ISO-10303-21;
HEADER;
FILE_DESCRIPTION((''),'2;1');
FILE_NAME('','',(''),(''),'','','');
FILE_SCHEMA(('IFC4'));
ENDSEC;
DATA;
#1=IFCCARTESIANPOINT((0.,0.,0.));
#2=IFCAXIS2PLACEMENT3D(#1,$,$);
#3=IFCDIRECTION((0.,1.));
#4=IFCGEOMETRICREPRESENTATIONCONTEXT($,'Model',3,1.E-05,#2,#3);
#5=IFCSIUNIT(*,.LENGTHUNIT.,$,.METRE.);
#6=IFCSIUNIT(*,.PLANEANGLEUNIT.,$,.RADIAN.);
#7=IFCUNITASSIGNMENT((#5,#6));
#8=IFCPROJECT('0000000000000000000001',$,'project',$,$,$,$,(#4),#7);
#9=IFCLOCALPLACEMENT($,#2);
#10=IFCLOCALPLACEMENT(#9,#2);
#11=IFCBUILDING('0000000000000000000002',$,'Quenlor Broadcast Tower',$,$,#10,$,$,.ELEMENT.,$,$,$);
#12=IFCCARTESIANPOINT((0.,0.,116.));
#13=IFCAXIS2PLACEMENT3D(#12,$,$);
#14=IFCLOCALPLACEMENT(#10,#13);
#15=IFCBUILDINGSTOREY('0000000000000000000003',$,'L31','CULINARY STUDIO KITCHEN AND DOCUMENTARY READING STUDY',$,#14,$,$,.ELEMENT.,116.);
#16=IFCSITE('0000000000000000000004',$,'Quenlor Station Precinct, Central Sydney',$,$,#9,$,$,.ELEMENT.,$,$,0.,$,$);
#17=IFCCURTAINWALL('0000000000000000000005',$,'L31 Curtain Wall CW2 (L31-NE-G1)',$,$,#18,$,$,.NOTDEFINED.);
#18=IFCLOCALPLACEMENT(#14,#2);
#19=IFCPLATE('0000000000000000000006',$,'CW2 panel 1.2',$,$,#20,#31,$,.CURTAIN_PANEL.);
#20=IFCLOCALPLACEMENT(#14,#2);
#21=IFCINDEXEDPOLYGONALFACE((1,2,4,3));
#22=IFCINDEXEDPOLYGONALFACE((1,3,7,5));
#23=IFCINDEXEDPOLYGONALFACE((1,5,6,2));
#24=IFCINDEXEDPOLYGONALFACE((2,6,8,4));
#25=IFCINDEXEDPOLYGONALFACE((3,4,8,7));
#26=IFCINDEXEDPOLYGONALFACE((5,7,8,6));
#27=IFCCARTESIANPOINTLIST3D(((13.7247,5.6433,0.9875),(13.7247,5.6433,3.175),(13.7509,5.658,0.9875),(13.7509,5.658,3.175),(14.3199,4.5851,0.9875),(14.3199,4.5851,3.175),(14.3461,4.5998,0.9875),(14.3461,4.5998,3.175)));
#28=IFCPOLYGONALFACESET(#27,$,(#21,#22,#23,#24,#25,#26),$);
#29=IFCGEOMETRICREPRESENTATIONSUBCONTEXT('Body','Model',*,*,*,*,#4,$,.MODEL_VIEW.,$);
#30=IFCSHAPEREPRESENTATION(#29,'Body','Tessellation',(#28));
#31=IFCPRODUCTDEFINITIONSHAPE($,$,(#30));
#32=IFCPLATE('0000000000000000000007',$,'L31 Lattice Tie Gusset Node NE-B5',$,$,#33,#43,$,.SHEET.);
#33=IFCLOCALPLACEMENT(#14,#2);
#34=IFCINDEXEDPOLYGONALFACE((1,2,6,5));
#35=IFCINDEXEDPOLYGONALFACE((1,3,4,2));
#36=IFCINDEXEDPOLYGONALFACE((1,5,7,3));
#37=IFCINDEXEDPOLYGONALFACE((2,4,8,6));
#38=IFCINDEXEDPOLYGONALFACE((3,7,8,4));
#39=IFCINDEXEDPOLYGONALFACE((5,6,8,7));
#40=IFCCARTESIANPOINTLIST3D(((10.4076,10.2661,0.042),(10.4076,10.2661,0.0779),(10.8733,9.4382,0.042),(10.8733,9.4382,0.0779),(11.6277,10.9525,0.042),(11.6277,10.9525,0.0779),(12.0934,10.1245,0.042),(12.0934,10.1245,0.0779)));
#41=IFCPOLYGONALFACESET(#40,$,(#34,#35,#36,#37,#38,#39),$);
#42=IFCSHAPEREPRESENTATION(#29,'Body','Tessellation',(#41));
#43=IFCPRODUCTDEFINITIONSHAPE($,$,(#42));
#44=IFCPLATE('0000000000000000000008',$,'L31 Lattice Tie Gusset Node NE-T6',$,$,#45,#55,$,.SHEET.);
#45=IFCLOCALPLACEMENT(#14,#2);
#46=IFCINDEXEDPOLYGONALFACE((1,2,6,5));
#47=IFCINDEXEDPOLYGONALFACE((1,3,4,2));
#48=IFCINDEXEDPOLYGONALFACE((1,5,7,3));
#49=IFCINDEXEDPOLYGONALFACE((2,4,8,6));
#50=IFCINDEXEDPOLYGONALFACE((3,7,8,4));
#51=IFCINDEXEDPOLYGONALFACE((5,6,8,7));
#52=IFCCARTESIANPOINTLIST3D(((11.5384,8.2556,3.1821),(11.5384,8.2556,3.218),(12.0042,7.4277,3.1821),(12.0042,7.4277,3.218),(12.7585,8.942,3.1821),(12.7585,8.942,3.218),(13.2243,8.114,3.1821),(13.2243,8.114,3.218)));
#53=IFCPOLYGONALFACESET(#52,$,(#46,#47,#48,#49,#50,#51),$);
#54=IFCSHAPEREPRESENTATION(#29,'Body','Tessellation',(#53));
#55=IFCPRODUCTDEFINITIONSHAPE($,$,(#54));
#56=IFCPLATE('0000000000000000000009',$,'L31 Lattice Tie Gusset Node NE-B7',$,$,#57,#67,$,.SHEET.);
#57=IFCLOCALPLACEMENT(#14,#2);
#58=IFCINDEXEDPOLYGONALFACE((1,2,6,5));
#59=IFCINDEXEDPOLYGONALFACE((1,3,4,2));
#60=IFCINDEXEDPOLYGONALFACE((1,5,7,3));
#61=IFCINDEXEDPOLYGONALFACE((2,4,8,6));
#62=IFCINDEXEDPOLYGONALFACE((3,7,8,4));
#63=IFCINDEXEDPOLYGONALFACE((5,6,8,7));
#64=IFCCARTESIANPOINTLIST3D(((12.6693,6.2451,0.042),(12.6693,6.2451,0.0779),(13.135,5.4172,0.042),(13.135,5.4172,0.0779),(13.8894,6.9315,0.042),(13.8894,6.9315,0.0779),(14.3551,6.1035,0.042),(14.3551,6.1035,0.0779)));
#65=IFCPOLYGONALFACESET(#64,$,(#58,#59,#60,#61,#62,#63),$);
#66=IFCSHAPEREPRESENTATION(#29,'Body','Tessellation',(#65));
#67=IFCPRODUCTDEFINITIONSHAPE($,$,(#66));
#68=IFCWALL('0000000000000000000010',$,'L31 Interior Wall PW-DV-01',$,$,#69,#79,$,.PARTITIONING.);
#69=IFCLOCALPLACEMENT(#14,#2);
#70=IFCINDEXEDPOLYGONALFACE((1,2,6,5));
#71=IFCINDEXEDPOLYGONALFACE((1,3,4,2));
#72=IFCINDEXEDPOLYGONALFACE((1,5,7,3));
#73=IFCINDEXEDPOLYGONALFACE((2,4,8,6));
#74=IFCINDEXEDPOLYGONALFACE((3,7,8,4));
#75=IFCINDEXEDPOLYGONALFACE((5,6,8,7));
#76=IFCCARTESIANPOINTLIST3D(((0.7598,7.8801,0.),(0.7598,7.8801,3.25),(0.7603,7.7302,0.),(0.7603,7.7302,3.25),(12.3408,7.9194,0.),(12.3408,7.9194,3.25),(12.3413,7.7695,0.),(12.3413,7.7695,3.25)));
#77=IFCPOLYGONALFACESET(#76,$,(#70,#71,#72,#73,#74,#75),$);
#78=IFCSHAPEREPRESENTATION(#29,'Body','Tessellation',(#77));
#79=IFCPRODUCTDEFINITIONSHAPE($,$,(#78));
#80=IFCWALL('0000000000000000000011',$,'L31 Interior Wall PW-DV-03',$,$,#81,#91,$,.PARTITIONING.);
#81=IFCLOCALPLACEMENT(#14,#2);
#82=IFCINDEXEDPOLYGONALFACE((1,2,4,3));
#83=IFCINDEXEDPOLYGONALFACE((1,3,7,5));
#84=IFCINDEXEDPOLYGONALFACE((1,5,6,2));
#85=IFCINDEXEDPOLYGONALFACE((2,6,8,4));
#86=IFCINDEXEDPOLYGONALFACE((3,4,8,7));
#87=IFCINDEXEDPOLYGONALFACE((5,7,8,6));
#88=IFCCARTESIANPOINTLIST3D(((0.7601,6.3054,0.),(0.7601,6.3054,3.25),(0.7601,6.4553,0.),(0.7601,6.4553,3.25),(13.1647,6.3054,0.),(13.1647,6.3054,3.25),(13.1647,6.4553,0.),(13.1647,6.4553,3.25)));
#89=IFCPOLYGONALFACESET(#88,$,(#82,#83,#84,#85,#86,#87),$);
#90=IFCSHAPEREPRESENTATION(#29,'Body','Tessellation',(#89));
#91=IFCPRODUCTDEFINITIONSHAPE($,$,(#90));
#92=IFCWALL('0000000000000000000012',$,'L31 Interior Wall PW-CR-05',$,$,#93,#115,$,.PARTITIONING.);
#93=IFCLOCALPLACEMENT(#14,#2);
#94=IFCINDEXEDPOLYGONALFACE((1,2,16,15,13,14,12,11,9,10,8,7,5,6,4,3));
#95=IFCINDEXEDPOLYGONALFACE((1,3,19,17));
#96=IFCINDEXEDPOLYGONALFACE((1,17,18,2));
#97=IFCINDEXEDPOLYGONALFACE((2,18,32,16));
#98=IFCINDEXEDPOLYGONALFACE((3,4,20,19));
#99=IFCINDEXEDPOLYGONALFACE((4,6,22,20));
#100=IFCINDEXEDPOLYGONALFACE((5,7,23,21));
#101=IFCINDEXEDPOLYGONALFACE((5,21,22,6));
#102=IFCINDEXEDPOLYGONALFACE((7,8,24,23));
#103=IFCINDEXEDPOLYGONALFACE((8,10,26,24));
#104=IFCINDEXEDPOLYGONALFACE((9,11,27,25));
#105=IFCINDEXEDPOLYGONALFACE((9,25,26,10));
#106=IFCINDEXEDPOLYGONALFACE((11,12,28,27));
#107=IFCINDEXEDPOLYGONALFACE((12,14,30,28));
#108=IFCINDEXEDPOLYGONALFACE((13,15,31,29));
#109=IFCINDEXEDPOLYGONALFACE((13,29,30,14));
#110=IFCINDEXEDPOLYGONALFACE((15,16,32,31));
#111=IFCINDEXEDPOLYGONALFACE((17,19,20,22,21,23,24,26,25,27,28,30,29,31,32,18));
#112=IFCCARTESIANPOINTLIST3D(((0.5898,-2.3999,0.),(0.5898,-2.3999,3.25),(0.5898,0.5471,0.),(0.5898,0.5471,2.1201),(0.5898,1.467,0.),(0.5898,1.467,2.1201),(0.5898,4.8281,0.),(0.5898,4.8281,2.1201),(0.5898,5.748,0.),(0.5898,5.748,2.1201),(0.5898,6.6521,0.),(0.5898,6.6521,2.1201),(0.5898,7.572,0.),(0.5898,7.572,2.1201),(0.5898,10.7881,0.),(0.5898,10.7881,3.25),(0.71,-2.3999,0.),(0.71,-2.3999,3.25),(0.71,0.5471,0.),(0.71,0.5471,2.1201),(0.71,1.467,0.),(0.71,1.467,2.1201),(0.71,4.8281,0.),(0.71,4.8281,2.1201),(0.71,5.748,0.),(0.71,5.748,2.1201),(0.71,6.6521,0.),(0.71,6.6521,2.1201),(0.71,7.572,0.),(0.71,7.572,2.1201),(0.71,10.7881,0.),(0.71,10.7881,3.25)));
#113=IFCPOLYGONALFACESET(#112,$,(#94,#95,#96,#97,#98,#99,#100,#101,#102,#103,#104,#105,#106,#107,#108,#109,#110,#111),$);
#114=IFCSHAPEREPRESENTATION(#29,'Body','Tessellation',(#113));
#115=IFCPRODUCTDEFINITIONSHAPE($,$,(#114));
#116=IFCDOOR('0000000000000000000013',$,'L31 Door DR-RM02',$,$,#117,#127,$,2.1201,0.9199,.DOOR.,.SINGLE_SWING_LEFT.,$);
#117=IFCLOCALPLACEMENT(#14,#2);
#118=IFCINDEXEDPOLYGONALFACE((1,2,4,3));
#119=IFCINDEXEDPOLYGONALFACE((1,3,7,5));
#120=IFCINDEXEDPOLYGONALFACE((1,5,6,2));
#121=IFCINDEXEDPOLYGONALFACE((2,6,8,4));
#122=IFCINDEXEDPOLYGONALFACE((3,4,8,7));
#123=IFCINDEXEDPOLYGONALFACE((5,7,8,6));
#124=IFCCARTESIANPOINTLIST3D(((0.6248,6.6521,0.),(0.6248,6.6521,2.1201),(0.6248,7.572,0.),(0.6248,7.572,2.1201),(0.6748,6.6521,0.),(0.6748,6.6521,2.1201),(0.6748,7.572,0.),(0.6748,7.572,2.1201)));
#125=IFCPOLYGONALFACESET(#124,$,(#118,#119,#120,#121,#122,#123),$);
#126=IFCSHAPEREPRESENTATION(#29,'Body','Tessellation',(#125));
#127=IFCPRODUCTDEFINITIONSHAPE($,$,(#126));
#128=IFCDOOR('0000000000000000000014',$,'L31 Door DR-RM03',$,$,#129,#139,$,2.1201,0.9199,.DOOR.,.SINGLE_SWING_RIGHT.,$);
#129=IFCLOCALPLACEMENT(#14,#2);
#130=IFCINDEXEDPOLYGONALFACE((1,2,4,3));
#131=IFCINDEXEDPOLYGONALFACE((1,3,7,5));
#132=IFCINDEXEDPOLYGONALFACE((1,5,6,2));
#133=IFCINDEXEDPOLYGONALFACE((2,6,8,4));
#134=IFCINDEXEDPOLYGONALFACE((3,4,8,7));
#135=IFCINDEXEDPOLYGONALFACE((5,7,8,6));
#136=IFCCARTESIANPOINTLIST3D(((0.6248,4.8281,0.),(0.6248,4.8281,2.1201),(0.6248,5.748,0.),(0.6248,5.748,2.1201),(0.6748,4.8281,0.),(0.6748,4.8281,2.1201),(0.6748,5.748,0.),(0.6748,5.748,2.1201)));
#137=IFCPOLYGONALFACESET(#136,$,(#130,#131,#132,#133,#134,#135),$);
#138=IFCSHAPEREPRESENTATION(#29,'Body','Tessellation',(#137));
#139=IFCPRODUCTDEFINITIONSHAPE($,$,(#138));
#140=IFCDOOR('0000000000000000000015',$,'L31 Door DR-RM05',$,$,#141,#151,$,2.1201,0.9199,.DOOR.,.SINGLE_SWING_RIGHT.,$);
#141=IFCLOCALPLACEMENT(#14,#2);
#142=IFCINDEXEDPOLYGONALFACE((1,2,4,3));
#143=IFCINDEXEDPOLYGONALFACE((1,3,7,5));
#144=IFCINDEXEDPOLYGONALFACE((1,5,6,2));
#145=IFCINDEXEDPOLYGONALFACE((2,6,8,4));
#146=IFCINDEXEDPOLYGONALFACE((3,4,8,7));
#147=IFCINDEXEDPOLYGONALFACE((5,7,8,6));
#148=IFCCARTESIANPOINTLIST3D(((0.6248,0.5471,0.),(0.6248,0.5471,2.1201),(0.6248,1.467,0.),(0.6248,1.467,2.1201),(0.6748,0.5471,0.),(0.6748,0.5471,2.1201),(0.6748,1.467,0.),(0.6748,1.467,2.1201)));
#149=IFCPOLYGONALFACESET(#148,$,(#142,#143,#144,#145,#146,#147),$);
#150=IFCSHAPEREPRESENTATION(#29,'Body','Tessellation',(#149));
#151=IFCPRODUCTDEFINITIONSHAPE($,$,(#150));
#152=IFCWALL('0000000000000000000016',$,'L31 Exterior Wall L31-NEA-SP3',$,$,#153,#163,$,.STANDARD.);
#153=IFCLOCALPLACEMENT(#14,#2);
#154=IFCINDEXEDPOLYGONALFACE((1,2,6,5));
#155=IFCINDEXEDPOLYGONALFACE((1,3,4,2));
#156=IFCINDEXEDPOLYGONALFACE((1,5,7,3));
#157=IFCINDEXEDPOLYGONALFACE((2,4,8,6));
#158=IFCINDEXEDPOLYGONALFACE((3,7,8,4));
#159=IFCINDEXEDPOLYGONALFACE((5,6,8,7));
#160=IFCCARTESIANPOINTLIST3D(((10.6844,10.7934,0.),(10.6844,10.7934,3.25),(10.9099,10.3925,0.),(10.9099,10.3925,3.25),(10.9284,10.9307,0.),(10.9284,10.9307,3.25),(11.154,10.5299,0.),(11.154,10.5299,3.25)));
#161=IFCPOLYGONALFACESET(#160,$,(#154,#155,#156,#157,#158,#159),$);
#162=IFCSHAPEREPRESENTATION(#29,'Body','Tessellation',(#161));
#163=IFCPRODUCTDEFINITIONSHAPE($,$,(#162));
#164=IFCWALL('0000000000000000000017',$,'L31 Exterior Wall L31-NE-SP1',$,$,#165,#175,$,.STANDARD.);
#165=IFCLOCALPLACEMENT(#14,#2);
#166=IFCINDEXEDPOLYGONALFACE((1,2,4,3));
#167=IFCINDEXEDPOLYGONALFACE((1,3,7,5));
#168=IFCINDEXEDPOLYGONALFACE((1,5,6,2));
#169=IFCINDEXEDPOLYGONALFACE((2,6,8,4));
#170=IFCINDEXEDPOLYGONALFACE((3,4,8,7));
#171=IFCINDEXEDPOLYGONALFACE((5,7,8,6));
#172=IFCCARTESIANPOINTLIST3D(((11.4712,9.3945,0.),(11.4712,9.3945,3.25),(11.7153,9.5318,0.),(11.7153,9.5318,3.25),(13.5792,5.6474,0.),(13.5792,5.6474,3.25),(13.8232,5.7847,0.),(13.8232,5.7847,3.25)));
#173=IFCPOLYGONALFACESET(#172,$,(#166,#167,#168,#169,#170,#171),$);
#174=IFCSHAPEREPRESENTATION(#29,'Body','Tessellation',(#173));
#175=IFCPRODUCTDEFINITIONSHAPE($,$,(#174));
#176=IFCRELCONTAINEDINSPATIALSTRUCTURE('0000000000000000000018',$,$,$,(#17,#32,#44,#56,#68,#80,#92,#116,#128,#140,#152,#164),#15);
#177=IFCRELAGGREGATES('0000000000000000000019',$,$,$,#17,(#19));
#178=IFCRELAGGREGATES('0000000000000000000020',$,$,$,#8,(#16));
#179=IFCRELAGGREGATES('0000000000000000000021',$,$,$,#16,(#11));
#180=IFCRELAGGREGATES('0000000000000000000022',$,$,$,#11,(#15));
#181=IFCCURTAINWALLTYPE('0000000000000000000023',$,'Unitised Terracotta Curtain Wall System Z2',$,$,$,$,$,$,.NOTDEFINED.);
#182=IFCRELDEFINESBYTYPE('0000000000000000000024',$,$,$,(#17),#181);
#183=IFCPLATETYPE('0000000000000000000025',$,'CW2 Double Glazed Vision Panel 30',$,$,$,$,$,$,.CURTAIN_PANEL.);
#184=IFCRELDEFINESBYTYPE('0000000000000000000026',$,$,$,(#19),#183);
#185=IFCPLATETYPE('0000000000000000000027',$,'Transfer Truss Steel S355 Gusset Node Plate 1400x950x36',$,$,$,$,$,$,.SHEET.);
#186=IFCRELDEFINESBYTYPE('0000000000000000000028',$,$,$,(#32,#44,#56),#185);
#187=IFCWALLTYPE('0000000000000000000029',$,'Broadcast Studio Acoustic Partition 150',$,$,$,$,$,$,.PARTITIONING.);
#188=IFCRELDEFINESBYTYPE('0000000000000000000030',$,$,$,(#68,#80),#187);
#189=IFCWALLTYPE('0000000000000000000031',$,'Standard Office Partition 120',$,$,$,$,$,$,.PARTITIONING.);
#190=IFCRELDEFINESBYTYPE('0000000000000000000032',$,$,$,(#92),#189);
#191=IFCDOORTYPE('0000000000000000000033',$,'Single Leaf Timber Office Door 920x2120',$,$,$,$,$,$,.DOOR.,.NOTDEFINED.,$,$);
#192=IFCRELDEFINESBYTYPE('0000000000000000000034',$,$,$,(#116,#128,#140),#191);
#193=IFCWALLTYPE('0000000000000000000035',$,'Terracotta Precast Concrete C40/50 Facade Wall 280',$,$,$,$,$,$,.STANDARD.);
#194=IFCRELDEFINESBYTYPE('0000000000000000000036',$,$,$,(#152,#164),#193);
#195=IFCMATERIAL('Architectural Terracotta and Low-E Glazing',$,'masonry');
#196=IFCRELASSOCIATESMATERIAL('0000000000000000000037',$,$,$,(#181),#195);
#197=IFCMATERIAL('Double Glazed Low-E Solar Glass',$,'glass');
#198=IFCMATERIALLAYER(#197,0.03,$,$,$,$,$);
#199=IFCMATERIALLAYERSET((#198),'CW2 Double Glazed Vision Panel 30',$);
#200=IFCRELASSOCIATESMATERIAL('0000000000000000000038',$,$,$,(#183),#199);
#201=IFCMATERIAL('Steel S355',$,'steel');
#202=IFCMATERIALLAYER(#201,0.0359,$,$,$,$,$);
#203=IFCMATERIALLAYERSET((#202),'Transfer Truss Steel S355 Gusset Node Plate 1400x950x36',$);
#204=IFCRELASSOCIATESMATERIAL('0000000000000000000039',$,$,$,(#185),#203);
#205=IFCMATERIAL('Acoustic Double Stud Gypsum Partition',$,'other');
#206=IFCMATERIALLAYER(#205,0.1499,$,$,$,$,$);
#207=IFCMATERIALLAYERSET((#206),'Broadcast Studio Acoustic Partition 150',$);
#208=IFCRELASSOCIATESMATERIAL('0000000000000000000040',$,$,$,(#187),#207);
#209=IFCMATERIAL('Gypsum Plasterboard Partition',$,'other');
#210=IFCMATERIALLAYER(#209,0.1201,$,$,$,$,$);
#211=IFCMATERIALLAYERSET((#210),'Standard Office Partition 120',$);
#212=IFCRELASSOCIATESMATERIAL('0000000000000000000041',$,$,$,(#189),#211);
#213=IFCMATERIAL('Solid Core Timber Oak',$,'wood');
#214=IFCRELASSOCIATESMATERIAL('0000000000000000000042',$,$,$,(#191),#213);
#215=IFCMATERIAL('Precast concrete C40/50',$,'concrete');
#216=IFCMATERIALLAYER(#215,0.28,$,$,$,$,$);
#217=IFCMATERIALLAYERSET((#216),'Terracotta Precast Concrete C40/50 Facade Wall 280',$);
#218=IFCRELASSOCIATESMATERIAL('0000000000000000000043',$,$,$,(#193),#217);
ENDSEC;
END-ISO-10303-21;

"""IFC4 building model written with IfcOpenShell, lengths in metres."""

from ifc_helpers import new_model, si_unit, direction, frame, frame_2d, origin, origin_2d, place, context, subcontext, project, spatial, rectangle, extrude, material, layer, layer_set, type_object, element, fill, aggregate, save


model = new_model("IFC4")

# Units and contexts
model_context = context("Model", 3, precision=1e-05, world=origin(), true_north=direction((0.0, 1.0)))
body_context = subcontext(model_context, "Body", "Model", "MODEL_VIEW")
ifc_project = project(units=[si_unit("LENGTHUNIT", "METRE"), si_unit("PLANEANGLEUNIT", "RADIAN")], contexts=[model_context])

# Site, building, storey
site_placement = place(None, origin())
site = spatial("IfcSite", under=ifc_project, at=site_placement, Name="Quenlor Station Precinct, Central Sydney", CompositionType="ELEMENT", RefElevation=0.0)
building_placement = place(site_placement, origin())
building = spatial("IfcBuilding", under=site, at=building_placement, Name="Quenlor Broadcast Tower", CompositionType="ELEMENT")
storey_placement = place(building_placement, frame((0.0, 0.0, 116.0)))
storey = spatial("IfcBuildingStorey", under=building, at=storey_placement, Name="L31", Description="CULINARY STUDIO KITCHEN AND DOCUMENTARY READING STUDY", CompositionType="ELEMENT", Elevation=116.0)

# Shared definitions
ifc_material_1 = material(Name="Architectural Terracotta and Low-E Glazing", Category="masonry")
curtain_wall_type = type_object("IfcCurtainWallType", Name="Unitised Terracotta Curtain Wall System Z2", PredefinedType="NOTDEFINED", material=ifc_material_1)

# Curtain wall
curtain_wall_1_placement = place(storey_placement, origin())
curtain_wall_1 = element("IfcCurtainWall", 1, at=curtain_wall_1_placement, inside=storey, type_object=curtain_wall_type, Name="L31 Curtain Wall CW2 (L31-NE-G1)", PredefinedType="NOTDEFINED")

# Plate
ifc_material_2 = material(Name="Double Glazed Low-E Solar Glass", Category="glass")
ifc_layer_1 = layer(ifc_material_2, 0.03)
ifc_layer_set_1 = layer_set([ifc_layer_1], Name="CW2 Double Glazed Vision Panel 30")
plate_type_1 = type_object("IfcPlateType", Name="CW2 Double Glazed Vision Panel 30", PredefinedType="CURTAIN_PANEL", material=ifc_layer_set_1)
plate_1_placement = place(storey_placement, frame((14.0354, 5.1216, 0.9875), z_axis=(0.0, 0.0, 1.0), x_axis=(0.490254, -0.871579, 0.0)))
plate_1 = element("IfcPlate", 2, at=plate_1_placement, type_object=plate_type_1, Name="CW2 panel 1.2", PredefinedType="CURTAIN_PANEL", context=body_context, shape_type="SweptSolid", body=[
    extrude(rectangle(XDim=1.2141, YDim=0.03, at=origin_2d()), origin(), (0.0, 0.0, 1.0), 2.1875),
])
aggregate(curtain_wall_1, [plate_1])

# Plates
ifc_material_3 = material(Name="Steel S355", Category="steel")
ifc_layer_2 = layer(ifc_material_3, 0.0359)
ifc_layer_set_2 = layer_set([ifc_layer_2], Name="Transfer Truss Steel S355 Gusset Node Plate 1400x950x36")
plate_type_2 = type_object("IfcPlateType", Name="Transfer Truss Steel S355 Gusset Node Plate 1400x950x36", PredefinedType="SHEET", material=ifc_layer_set_2)
for number, where, z_axis, x_axis, name in (
    (3, (11.2505, 10.1953, 0.042), (0.0, 0.0, 1.0), (0.871556, 0.490295, 0.0), "L31 Lattice Tie Gusset Node NE-B5"),
    (4, (12.3813, 8.1848, 3.1821), (0.0, 0.0, 1.0), (0.871556, 0.490295, 0.0), "L31 Lattice Tie Gusset Node NE-T6"),
    (5, (13.5122, 6.1743, 0.042), (0.0, 0.0, 1.0), (0.871556, 0.490295, 0.0), "L31 Lattice Tie Gusset Node NE-B7"),
):
    element("IfcPlate", number, at=place(storey_placement, frame(where, z_axis=z_axis, x_axis=x_axis)), inside=storey, type_object=plate_type_2, Name=name, PredefinedType="SHEET", context=body_context, shape_type="SweptSolid", body=[
        extrude(rectangle(XDim=1.3999, YDim=0.95, at=origin_2d()), origin(), (0.0, 0.0, 1.0), 0.0359),
    ])

# Walls
ifc_material_4 = material(Name="Acoustic Double Stud Gypsum Partition", Category="other")
ifc_layer_3 = layer(ifc_material_4, 0.1499)
ifc_layer_set_3 = layer_set([ifc_layer_3], Name="Broadcast Studio Acoustic Partition 150")
wall_type_1 = type_object("IfcWallType", Name="Broadcast Studio Acoustic Partition 150", PredefinedType="PARTITIONING", material=ifc_layer_set_3)
wall_1_placement = place(storey_placement, frame((12.3411, 7.8445, 0.0), z_axis=(0.0, 0.0, 1.0), x_axis=(-0.999994, -0.003394, 0.0)))
element("IfcWall", 6, at=wall_1_placement, inside=storey, type_object=wall_type_1, Name="L31 Interior Wall PW-DV-01", PredefinedType="PARTITIONING", context=body_context, shape_type="SweptSolid", body=[
    extrude(rectangle(XDim=11.5811, YDim=0.1499, at=frame_2d((5.7905, 0.0))), origin(), (0.0, 0.0, 1.0), 3.25),
])
wall_2_placement = place(storey_placement, frame((13.1646, 6.3804, 0.0), z_axis=(0.0, 0.0, 1.0), x_axis=(-1.0, 0.0, 0.0)))
element("IfcWall", 7, at=wall_2_placement, inside=storey, type_object=wall_type_1, Name="L31 Interior Wall PW-DV-03", PredefinedType="PARTITIONING", context=body_context, shape_type="SweptSolid", body=[
    extrude(rectangle(XDim=12.4045, YDim=0.1499, at=frame_2d((6.2021, 0.0))), origin(), (0.0, 0.0, 1.0), 3.25),
])

# Wall, openings, doors
ifc_material_5 = material(Name="Gypsum Plasterboard Partition", Category="other")
ifc_layer_4 = layer(ifc_material_5, 0.1201)
ifc_layer_set_4 = layer_set([ifc_layer_4], Name="Standard Office Partition 120")
wall_type_2 = type_object("IfcWallType", Name="Standard Office Partition 120", PredefinedType="PARTITIONING", material=ifc_layer_set_4)
wall_3_placement = place(storey_placement, frame((0.6499, 10.7881, 0.0), z_axis=(0.0, 0.0, 1.0), x_axis=(0.0, -1.0, 0.0)))
wall_3 = element("IfcWall", 8, at=wall_3_placement, inside=storey, type_object=wall_type_2, Name="L31 Interior Wall PW-CR-05", PredefinedType="PARTITIONING", context=body_context, shape_type="SweptSolid", body=[
    extrude(rectangle(XDim=13.188, YDim=0.1201, at=frame_2d((6.594, 0.0))), origin(), (0.0, 0.0, 1.0), 3.25),
])
opening_1_placement = place(wall_3_placement, frame((3.2161, 0.0, 0.0)))
opening_1 = element("IfcOpeningElement", 9, at=opening_1_placement, cuts=wall_3, PredefinedType="OPENING", context=body_context, shape_type="SweptSolid", body=[
    extrude(rectangle(XDim=0.9199, YDim=2.1201, at=frame_2d((0.46, 1.0601))), frame((0.0, 0.0701, 0.0), z_axis=(0.0, -1.0, 0.0), x_axis=(1.0, 0.0, 0.0)), (0.0, 0.0, 1.0), 0.1401),
])
opening_2_placement = place(wall_3_placement, frame((5.04, 0.0, 0.0)))
opening_2 = element("IfcOpeningElement", 10, at=opening_2_placement, cuts=wall_3, PredefinedType="OPENING", context=body_context, shape_type="SweptSolid", body=[
    extrude(rectangle(XDim=0.9199, YDim=2.1201, at=frame_2d((0.46, 1.0601))), frame((0.0, 0.0701, 0.0), z_axis=(0.0, -1.0, 0.0), x_axis=(1.0, 0.0, 0.0)), (0.0, 0.0, 1.0), 0.1401),
])
opening_3_placement = place(wall_3_placement, frame((9.321, 0.0, 0.0)))
opening_3 = element("IfcOpeningElement", 11, at=opening_3_placement, cuts=wall_3, PredefinedType="OPENING", context=body_context, shape_type="SweptSolid", body=[
    extrude(rectangle(XDim=0.9199, YDim=2.1201, at=frame_2d((0.46, 1.0601))), frame((0.0, 0.0701, 0.0), z_axis=(0.0, -1.0, 0.0), x_axis=(1.0, 0.0, 0.0)), (0.0, 0.0, 1.0), 0.1401),
])
ifc_material_6 = material(Name="Solid Core Timber Oak", Category="wood")
door_type = type_object("IfcDoorType", Name="Single Leaf Timber Office Door 920x2120", OperationType="NOTDEFINED", PredefinedType="DOOR", material=ifc_material_6)
door_1_placement = place(opening_1_placement, origin())
door_1 = element("IfcDoor", 12, at=door_1_placement, inside=storey, type_object=door_type, Name="L31 Door DR-RM02", OperationType="SINGLE_SWING_LEFT", OverallHeight=2.1201, OverallWidth=0.9199, PredefinedType="DOOR", context=body_context, shape_type="SweptSolid", body=[
    extrude(rectangle(XDim=0.9199, YDim=2.1201, at=frame_2d((0.46, 1.0601))), frame((0.0, 0.0249, 0.0), z_axis=(0.0, -1.0, 0.0), x_axis=(1.0, 0.0, 0.0)), (0.0, 0.0, 1.0), 0.05),
])
fill(opening_1, door_1)
door_2_placement = place(opening_2_placement, origin())
door_2 = element("IfcDoor", 13, at=door_2_placement, inside=storey, type_object=door_type, Name="L31 Door DR-RM03", OperationType="SINGLE_SWING_RIGHT", OverallHeight=2.1201, OverallWidth=0.9199, PredefinedType="DOOR", context=body_context, shape_type="SweptSolid", body=[
    extrude(rectangle(XDim=0.9199, YDim=2.1201, at=frame_2d((0.46, 1.0601))), frame((0.0, 0.0249, 0.0), z_axis=(0.0, -1.0, 0.0), x_axis=(1.0, 0.0, 0.0)), (0.0, 0.0, 1.0), 0.05),
])
fill(opening_2, door_2)
door_3_placement = place(opening_3_placement, origin())
door_3 = element("IfcDoor", 14, at=door_3_placement, inside=storey, type_object=door_type, Name="L31 Door DR-RM05", OperationType="SINGLE_SWING_RIGHT", OverallHeight=2.1201, OverallWidth=0.9199, PredefinedType="DOOR", context=body_context, shape_type="SweptSolid", body=[
    extrude(rectangle(XDim=0.9199, YDim=2.1201, at=frame_2d((0.46, 1.0601))), frame((0.0, 0.0249, 0.0), z_axis=(0.0, -1.0, 0.0), x_axis=(1.0, 0.0, 0.0)), (0.0, 0.0, 1.0), 0.05),
])
fill(opening_3, door_3)

# Walls
ifc_material_7 = material(Name="Precast concrete C40/50", Category="concrete")
ifc_layer_5 = layer(ifc_material_7, 0.28)
ifc_layer_set_5 = layer_set([ifc_layer_5], Name="Terracotta Precast Concrete C40/50 Facade Wall 280")
wall_type_3 = type_object("IfcWallType", Name="Terracotta Precast Concrete C40/50 Facade Wall 280", PredefinedType="STANDARD", material=ifc_layer_set_5)
wall_4_placement = place(storey_placement, frame((10.8064, 10.8621, 0.0), z_axis=(0.0, 0.0, 1.0), x_axis=(0.490412, -0.87149, 0.0)))
element("IfcWall", 15, at=wall_4_placement, inside=storey, type_object=wall_type_3, Name="L31 Exterior Wall L31-NEA-SP3", PredefinedType="STANDARD", context=body_context, shape_type="SweptSolid", body=[
    extrude(rectangle(XDim=0.46, YDim=0.28, at=frame_2d((0.23, 0.0))), origin(), (0.0, 0.0, 1.0), 3.25),
])
for number, where, z_axis, x_axis, name in (
    (16, (11.5933, 9.4631, 0.0), (0.0, 0.0, 1.0), (0.490294, -0.871557, 0.0), "L31 Exterior Wall L31-NE-SP1"),
):
    element("IfcWall", number, at=place(storey_placement, frame(where, z_axis=z_axis, x_axis=x_axis)), inside=storey, type_object=wall_type_3, Name=name, PredefinedType="STANDARD", context=body_context, shape_type="SweptSolid", body=[
        extrude(rectangle(XDim=4.2993, YDim=0.28, at=frame_2d((2.1497, 0.0))), origin(), (0.0, 0.0, 1.0), 3.25),
    ])

save(model, "model.ifc")
